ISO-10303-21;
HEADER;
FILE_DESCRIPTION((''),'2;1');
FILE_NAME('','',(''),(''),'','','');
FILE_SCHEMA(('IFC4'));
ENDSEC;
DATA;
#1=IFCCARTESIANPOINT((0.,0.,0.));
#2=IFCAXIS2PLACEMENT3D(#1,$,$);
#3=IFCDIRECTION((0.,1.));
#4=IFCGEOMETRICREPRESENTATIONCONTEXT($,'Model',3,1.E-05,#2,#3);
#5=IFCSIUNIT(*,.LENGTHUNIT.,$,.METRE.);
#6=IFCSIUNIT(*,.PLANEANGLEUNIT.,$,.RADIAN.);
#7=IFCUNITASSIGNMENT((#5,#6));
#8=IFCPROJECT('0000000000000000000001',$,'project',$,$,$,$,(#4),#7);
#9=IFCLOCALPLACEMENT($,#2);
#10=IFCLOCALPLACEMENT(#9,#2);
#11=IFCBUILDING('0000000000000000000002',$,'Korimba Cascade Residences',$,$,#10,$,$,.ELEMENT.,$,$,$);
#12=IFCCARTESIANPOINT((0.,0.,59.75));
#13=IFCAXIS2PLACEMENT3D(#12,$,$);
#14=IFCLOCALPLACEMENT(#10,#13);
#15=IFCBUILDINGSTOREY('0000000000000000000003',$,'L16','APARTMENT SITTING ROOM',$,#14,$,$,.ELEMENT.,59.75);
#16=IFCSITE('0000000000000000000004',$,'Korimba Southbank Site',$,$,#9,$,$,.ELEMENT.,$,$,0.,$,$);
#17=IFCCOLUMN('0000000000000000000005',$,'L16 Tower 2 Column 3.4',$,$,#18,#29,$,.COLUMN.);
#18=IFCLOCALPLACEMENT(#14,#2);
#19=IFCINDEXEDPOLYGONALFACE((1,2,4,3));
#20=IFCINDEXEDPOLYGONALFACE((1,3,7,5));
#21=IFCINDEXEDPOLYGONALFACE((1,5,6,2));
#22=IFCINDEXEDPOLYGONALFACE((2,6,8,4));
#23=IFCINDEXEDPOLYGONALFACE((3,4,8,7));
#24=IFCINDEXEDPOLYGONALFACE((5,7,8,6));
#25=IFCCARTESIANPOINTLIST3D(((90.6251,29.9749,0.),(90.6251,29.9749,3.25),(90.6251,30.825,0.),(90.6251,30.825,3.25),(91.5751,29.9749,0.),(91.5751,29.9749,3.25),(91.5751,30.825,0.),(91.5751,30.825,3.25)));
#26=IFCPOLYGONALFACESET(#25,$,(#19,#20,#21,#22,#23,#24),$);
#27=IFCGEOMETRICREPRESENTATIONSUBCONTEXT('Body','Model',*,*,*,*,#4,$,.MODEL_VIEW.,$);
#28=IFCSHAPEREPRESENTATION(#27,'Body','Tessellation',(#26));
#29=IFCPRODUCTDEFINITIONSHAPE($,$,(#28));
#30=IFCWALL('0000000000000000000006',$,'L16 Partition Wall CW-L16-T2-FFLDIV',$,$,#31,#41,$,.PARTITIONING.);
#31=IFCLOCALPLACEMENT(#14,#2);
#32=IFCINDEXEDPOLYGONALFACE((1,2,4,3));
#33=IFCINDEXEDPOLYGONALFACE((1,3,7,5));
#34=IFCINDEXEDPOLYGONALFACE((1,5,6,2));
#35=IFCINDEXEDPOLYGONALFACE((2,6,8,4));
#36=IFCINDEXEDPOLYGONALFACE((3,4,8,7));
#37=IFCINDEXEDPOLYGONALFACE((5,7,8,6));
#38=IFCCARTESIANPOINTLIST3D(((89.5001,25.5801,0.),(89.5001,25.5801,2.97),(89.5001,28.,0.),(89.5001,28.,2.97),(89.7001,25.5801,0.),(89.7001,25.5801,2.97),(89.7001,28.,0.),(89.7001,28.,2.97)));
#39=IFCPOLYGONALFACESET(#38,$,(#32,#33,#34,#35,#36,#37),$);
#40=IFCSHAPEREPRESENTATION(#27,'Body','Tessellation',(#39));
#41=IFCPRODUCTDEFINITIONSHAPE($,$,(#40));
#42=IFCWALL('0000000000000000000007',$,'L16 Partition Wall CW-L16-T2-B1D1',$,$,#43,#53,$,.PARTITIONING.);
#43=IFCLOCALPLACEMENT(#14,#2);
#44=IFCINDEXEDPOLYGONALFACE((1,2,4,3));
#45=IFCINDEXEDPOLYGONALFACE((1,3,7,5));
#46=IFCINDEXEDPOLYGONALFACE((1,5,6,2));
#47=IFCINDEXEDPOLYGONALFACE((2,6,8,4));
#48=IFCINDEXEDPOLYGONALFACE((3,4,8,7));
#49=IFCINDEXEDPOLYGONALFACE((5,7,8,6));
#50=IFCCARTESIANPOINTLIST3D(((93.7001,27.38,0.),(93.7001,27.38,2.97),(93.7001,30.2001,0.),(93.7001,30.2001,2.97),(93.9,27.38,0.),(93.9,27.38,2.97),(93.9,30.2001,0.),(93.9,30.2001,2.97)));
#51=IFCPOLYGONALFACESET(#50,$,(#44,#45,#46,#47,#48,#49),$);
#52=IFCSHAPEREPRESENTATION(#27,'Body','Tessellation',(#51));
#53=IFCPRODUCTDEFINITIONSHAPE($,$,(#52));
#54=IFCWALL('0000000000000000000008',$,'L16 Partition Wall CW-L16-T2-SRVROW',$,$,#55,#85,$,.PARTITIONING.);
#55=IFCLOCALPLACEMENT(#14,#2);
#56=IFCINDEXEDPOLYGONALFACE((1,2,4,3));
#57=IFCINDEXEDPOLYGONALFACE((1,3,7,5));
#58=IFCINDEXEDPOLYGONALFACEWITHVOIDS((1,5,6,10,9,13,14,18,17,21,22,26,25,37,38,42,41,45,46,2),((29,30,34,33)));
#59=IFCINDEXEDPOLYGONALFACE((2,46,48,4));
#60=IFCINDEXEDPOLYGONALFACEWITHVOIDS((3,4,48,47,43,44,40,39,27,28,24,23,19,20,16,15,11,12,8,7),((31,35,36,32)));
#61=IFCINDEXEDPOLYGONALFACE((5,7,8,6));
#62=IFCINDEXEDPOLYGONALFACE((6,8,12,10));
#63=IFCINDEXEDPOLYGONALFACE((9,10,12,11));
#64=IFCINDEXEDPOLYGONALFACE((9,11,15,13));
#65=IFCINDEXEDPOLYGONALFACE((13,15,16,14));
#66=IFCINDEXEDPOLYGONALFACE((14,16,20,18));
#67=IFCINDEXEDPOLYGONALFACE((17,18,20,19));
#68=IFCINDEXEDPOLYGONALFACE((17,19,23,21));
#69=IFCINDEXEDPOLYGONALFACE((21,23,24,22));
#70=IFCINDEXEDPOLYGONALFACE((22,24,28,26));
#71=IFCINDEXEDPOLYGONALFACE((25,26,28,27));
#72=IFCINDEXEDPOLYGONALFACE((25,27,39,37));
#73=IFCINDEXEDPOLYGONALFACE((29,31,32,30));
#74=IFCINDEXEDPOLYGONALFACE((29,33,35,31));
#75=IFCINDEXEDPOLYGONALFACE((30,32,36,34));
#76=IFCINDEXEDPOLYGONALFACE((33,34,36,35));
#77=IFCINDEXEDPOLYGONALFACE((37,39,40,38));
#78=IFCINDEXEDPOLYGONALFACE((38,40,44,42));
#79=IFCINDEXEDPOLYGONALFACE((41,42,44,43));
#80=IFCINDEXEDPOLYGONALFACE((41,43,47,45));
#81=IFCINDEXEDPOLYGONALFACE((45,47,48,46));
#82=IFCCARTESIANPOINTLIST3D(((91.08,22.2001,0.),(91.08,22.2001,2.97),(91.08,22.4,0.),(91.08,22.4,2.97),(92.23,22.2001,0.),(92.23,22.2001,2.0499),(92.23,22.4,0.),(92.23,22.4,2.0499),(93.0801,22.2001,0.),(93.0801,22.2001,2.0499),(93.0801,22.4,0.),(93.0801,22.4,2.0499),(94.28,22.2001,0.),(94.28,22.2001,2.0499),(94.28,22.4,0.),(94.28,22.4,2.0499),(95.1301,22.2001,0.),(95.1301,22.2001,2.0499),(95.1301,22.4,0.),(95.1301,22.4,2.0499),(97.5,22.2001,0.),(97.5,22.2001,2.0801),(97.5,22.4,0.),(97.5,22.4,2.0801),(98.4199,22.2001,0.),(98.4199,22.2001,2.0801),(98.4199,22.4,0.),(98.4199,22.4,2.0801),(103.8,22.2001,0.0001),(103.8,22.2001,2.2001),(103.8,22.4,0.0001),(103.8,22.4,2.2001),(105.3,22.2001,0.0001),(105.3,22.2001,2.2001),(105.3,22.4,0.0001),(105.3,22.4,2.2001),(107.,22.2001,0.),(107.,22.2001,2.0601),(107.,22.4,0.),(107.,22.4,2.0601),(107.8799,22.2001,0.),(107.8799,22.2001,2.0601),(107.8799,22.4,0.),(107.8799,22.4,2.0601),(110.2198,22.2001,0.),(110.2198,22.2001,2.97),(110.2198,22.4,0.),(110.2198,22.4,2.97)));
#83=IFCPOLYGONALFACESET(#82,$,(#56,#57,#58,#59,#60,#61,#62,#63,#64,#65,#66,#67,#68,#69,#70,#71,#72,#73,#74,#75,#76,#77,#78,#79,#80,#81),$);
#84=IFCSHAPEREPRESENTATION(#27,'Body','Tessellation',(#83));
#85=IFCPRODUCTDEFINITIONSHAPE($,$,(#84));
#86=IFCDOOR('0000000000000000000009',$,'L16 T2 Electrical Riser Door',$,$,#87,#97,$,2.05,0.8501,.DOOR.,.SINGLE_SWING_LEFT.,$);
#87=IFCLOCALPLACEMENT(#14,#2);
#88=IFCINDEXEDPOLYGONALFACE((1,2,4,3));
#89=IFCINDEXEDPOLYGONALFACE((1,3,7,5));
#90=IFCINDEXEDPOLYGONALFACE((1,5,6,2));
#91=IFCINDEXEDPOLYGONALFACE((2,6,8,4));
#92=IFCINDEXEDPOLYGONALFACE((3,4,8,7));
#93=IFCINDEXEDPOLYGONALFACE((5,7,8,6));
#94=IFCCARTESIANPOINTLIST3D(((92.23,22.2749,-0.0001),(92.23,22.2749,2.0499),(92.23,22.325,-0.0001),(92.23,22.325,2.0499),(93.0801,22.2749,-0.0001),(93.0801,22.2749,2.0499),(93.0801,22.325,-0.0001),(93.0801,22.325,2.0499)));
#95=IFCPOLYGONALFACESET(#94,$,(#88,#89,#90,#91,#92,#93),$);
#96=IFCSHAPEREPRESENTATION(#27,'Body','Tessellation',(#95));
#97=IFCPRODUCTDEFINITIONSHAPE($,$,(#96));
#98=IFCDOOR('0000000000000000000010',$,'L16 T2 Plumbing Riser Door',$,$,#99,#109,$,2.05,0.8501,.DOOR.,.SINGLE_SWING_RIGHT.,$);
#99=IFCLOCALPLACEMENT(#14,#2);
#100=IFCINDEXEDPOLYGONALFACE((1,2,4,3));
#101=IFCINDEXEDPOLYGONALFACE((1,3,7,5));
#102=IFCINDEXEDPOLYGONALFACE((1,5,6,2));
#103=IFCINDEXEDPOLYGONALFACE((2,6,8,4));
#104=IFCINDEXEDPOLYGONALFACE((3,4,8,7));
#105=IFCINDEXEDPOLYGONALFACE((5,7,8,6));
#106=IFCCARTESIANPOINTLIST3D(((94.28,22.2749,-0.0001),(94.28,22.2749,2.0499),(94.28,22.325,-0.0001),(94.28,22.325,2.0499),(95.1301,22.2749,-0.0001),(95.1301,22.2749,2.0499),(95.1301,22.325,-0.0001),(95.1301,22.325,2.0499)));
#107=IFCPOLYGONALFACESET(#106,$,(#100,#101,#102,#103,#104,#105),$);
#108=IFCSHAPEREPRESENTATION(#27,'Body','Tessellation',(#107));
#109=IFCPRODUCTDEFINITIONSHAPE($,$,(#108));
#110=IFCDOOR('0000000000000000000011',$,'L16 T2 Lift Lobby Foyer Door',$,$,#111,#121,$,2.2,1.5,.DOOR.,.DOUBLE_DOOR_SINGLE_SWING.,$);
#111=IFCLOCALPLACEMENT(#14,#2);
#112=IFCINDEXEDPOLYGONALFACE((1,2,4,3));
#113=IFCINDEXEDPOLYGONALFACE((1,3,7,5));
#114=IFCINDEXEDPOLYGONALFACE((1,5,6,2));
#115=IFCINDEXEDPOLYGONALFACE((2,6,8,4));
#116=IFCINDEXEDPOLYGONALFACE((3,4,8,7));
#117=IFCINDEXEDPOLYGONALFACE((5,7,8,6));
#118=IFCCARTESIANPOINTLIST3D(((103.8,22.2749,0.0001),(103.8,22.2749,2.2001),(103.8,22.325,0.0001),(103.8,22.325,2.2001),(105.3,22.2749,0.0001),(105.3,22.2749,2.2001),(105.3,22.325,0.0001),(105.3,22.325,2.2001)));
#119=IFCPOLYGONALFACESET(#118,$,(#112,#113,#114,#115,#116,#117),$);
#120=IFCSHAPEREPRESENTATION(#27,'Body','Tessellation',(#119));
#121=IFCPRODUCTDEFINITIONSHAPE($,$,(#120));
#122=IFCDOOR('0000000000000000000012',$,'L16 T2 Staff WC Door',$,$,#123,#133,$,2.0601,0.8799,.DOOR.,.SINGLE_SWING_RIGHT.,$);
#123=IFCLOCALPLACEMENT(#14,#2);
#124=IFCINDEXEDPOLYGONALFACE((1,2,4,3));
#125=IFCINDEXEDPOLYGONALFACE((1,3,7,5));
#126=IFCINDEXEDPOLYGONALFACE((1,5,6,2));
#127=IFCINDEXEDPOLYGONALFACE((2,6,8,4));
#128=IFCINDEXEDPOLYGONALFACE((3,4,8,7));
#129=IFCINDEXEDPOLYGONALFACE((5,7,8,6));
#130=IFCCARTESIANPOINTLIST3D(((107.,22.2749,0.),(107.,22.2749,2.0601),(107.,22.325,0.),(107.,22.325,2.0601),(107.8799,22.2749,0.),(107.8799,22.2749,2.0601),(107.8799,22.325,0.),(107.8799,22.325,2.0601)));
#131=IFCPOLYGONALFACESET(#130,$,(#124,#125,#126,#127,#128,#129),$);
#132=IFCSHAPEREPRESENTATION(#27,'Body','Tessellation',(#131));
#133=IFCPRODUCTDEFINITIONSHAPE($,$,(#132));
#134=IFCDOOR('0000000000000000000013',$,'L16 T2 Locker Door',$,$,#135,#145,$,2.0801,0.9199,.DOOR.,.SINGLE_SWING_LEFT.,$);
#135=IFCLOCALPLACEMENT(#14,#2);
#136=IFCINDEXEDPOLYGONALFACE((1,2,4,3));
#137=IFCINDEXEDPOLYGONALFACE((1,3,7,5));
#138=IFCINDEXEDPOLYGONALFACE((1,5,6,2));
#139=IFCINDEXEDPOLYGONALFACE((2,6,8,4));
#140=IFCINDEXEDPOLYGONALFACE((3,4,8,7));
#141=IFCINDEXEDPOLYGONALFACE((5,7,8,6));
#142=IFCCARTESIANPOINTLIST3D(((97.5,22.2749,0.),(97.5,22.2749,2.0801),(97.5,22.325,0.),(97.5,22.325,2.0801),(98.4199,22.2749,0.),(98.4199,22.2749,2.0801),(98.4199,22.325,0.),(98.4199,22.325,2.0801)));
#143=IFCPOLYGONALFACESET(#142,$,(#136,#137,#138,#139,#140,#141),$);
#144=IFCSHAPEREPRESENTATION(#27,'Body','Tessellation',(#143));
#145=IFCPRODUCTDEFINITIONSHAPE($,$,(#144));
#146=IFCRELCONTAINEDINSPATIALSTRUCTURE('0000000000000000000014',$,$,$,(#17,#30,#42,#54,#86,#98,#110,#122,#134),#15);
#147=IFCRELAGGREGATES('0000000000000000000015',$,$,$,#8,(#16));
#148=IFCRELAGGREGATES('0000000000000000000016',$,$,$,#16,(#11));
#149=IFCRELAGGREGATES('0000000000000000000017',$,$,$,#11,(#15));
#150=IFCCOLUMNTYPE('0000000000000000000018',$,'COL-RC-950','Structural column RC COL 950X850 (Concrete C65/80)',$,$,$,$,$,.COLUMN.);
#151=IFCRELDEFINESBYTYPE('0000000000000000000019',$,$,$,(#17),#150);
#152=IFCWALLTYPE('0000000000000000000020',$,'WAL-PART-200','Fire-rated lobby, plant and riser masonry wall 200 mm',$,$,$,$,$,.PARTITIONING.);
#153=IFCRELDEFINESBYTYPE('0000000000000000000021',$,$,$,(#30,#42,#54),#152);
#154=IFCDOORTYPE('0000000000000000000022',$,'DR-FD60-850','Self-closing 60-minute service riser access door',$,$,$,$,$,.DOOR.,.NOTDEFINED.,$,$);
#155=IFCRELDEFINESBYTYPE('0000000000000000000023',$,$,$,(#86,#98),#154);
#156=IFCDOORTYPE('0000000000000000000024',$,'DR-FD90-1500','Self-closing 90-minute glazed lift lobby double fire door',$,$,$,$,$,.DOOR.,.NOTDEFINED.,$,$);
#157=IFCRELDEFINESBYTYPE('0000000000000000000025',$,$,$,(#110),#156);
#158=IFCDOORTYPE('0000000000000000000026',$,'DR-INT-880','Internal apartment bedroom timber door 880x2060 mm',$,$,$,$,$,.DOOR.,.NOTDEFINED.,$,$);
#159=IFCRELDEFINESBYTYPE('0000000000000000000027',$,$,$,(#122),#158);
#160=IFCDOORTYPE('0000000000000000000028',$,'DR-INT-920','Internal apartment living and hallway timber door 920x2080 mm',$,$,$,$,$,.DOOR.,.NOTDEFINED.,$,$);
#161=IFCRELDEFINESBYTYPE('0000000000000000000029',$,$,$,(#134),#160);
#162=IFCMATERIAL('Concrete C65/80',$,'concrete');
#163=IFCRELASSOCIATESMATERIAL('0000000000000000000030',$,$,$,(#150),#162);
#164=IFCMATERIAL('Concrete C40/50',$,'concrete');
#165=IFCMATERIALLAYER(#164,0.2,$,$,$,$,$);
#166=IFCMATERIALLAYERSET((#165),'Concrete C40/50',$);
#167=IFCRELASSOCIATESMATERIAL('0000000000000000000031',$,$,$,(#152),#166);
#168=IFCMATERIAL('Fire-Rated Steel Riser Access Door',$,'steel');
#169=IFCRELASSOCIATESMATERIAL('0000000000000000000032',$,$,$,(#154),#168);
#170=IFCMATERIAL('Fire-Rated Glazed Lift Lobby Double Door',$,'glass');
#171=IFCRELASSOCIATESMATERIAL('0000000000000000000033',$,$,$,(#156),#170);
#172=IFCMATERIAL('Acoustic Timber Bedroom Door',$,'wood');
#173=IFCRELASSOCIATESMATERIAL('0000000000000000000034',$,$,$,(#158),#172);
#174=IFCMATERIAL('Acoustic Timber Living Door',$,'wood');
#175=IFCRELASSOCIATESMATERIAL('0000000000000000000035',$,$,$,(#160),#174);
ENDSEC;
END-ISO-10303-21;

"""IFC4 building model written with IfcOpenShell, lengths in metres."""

from ifc_helpers import new_model, si_unit, direction, frame, frame_2d, origin, origin_2d, place, context, subcontext, project, spatial, rectangle, extrude, material, layer, layer_set, material_profile, profile_set, type_object, element, fill, save


model = new_model("IFC4")

# Units and contexts
model_context = context("Model", 3, precision=1e-05, world=origin(), true_north=direction((0.0, 1.0)))
body_context = subcontext(model_context, "Body", "Model", "MODEL_VIEW")
ifc_project = project(units=[si_unit("LENGTHUNIT", "METRE"), si_unit("PLANEANGLEUNIT", "RADIAN")], contexts=[model_context])

# Site, building, storey
site_placement = place(None, origin())
site = spatial("IfcSite", under=ifc_project, at=site_placement, Name="Korimba Southbank Site", CompositionType="ELEMENT", RefElevation=0.0)
building_placement = place(site_placement, origin())
building = spatial("IfcBuilding", under=site, at=building_placement, Name="Korimba Cascade Residences", CompositionType="ELEMENT")
storey_placement = place(building_placement, frame((0.0, 0.0, 59.75)))
storey = spatial("IfcBuildingStorey", under=building, at=storey_placement, Name="L16", Description="APARTMENT SITTING ROOM", CompositionType="ELEMENT", Elevation=59.75)

# Column
ifc_material_1 = material(Name="Concrete C65/80", Category="concrete")
ifc_material_profile = material_profile(ifc_material_1, rectangle(XDim=0.95, YDim=0.8501, at=origin_2d()), Name="Concrete C65/80")
ifc_profile_set = profile_set([ifc_material_profile], Name="Concrete C65/80")
column_type = type_object("IfcColumnType", Name="COL-RC-950", Description="Structural column RC COL 950X850 (Concrete C65/80)", PredefinedType="COLUMN", material=ifc_profile_set)
column_placement = place(storey_placement, frame((91.1001, 30.3999, 0.0), z_axis=(0.0, 0.0, 1.0), x_axis=(1.0, 0.0, 0.0)))
element("IfcColumn", 1, at=column_placement, inside=storey, type_object=column_type, Name="L16 Tower 2 Column 3.4", PredefinedType="COLUMN", context=body_context, shape_type="SweptSolid", body=[
    extrude(rectangle(XDim=0.95, YDim=0.8501, at=origin_2d()), origin(), (0.0, 0.0, 1.0), 3.25),
])

# Walls
ifc_material_2 = material(Name="Concrete C40/50", Category="concrete")
ifc_layer_1 = layer(ifc_material_2, 0.2)
ifc_layer_set_1 = layer_set([ifc_layer_1], Name="Concrete C40/50")
wall_type_1 = type_object("IfcWallType", Name="WAL-PART-200", Description="Fire-rated lobby, plant and riser masonry wall 200 mm", PredefinedType="PARTITIONING", material=ifc_layer_set_1)
wall_1_placement = place(storey_placement, frame((89.6001, 25.5801, 0.0), z_axis=(0.0, 0.0, 1.0), x_axis=(0.0, 1.0, 0.0)))
element("IfcWall", 2, at=wall_1_placement, inside=storey, type_object=wall_type_1, Name="L16 Partition Wall CW-L16-T2-FFLDIV", PredefinedType="PARTITIONING", context=body_context, shape_type="SweptSolid", body=[
    extrude(rectangle(XDim=2.4199, YDim=0.2, at=frame_2d((1.21, 0.0))), origin(), (0.0, 0.0, 1.0), 2.97),
])
wall_2_placement = place(storey_placement, frame((93.8, 27.3799, 0.0), z_axis=(0.0, 0.0, 1.0), x_axis=(0.0, 1.0, 0.0)))
element("IfcWall", 3, at=wall_2_placement, inside=storey, type_object=wall_type_1, Name="L16 Partition Wall CW-L16-T2-B1D1", PredefinedType="PARTITIONING", context=body_context, shape_type="SweptSolid", body=[
    extrude(rectangle(XDim=2.8201, YDim=0.2, at=frame_2d((1.4102, 0.0))), origin(), (0.0, 0.0, 1.0), 2.97),
])

# Wall, openings, doors
wall_3_placement = place(storey_placement, frame((91.0801, 22.3, 0.0), z_axis=(0.0, 0.0, 1.0), x_axis=(1.0, 0.0, 0.0)))
wall_3 = element("IfcWall", 4, at=wall_3_placement, inside=storey, type_object=wall_type_1, Name="L16 Partition Wall CW-L16-T2-SRVROW", PredefinedType="PARTITIONING", context=body_context, shape_type="SweptSolid", body=[
    extrude(rectangle(XDim=19.1399, YDim=0.2, at=frame_2d((9.5698, 0.0))), origin(), (0.0, 0.0, 1.0), 2.97),
])
opening_1_placement = place(wall_3_placement, frame((1.1499, 0.0, 0.0)))
opening_1 = element("IfcOpeningElement", 5, at=opening_1_placement, cuts=wall_3, PredefinedType="OPENING", context=body_context, shape_type="SweptSolid", body=[
    extrude(rectangle(XDim=0.8501, YDim=2.05, at=frame_2d((0.425, 1.0249))), frame((0.0, 0.1099, 0.0), z_axis=(0.0, -1.0, 0.0), x_axis=(1.0, 0.0, 0.0)), (0.0, 0.0, 1.0), 0.22),
])
opening_2_placement = place(wall_3_placement, frame((3.2, 0.0, 0.0)))
opening_2 = element("IfcOpeningElement", 6, at=opening_2_placement, cuts=wall_3, PredefinedType="OPENING", context=body_context, shape_type="SweptSolid", body=[
    extrude(rectangle(XDim=0.8501, YDim=2.05, at=frame_2d((0.425, 1.0249))), frame((0.0, 0.1099, 0.0), z_axis=(0.0, -1.0, 0.0), x_axis=(1.0, 0.0, 0.0)), (0.0, 0.0, 1.0), 0.22),
])
opening_3_placement = place(wall_3_placement, frame((12.72, 0.0, 0.0)))
opening_3 = element("IfcOpeningElement", 7, at=opening_3_placement, cuts=wall_3, PredefinedType="OPENING", context=body_context, shape_type="SweptSolid", body=[
    extrude(rectangle(XDim=1.5, YDim=2.2, at=frame_2d((0.75, 1.1001))), frame((0.0, 0.1099, 0.0), z_axis=(0.0, -1.0, 0.0), x_axis=(1.0, 0.0, 0.0)), (0.0, 0.0, 1.0), 0.22),
])
opening_4_placement = place(wall_3_placement, frame((6.4199, 0.0, 0.0)))
opening_4 = element("IfcOpeningElement", 8, at=opening_4_placement, cuts=wall_3, PredefinedType="OPENING", context=body_context, shape_type="SweptSolid", body=[
    extrude(rectangle(XDim=0.9199, YDim=2.0801, at=frame_2d((0.46, 1.04))), frame((0.0, 0.1099, 0.0), z_axis=(0.0, -1.0, 0.0), x_axis=(1.0, 0.0, 0.0)), (0.0, 0.0, 1.0), 0.22),
])
opening_5_placement = place(wall_3_placement, frame((15.9199, 0.0, 0.0)))
opening_5 = element("IfcOpeningElement", 9, at=opening_5_placement, cuts=wall_3, PredefinedType="OPENING", context=body_context, shape_type="SweptSolid", body=[
    extrude(rectangle(XDim=0.8799, YDim=2.0601, at=frame_2d((0.4399, 1.03))), frame((0.0, 0.1099, 0.0), z_axis=(0.0, -1.0, 0.0), x_axis=(1.0, 0.0, 0.0)), (0.0, 0.0, 1.0), 0.22),
])
ifc_material_3 = material(Name="Fire-Rated Steel Riser Access Door", Category="steel")
door_type_1 = type_object("IfcDoorType", Name="DR-FD60-850", Description="Self-closing 60-minute service riser access door", OperationType="NOTDEFINED", PredefinedType="DOOR", material=ifc_material_3)
door_1_placement = place(opening_1_placement, origin())
door_1 = element("IfcDoor", 10, at=door_1_placement, inside=storey, type_object=door_type_1, Name="L16 T2 Electrical Riser Door", OperationType="SINGLE_SWING_LEFT", OverallHeight=2.05, OverallWidth=0.8501, PredefinedType="DOOR", context=body_context, shape_type="SweptSolid", body=[
    extrude(rectangle(XDim=0.8501, YDim=2.05, at=frame_2d((0.425, 1.0249))), frame((0.0, 0.0249, 0.0), z_axis=(0.0, -1.0, 0.0), x_axis=(1.0, 0.0, 0.0)), (0.0, 0.0, 1.0), 0.05),
])
fill(opening_1, door_1)
door_2_placement = place(opening_2_placement, origin())
door_2 = element("IfcDoor", 11, at=door_2_placement, inside=storey, type_object=door_type_1, Name="L16 T2 Plumbing Riser Door", OperationType="SINGLE_SWING_RIGHT", OverallHeight=2.05, OverallWidth=0.8501, PredefinedType="DOOR", context=body_context, shape_type="SweptSolid", body=[
    extrude(rectangle(XDim=0.8501, YDim=2.05, at=frame_2d((0.425, 1.0249))), frame((0.0, 0.0249, 0.0), z_axis=(0.0, -1.0, 0.0), x_axis=(1.0, 0.0, 0.0)), (0.0, 0.0, 1.0), 0.05),
])
fill(opening_2, door_2)
ifc_material_4 = material(Name="Fire-Rated Glazed Lift Lobby Double Door", Category="glass")
door_type_2 = type_object("IfcDoorType", Name="DR-FD90-1500", Description="Self-closing 90-minute glazed lift lobby double fire door", OperationType="NOTDEFINED", PredefinedType="DOOR", material=ifc_material_4)
door_3_placement = place(opening_3_placement, origin())
door_3 = element("IfcDoor", 12, at=door_3_placement, inside=storey, type_object=door_type_2, Name="L16 T2 Lift Lobby Foyer Door", OperationType="DOUBLE_DOOR_SINGLE_SWING", OverallHeight=2.2, OverallWidth=1.5, PredefinedType="DOOR", context=body_context, shape_type="SweptSolid", body=[
    extrude(rectangle(XDim=1.5, YDim=2.2, at=frame_2d((0.75, 1.1001))), frame((0.0, 0.0249, 0.0), z_axis=(0.0, -1.0, 0.0), x_axis=(1.0, 0.0, 0.0)), (0.0, 0.0, 1.0), 0.05),
])
fill(opening_3, door_3)
ifc_material_5 = material(Name="Acoustic Timber Bedroom Door", Category="wood")
door_type_3 = type_object("IfcDoorType", Name="DR-INT-880", Description="Internal apartment bedroom timber door 880x2060 mm", OperationType="NOTDEFINED", PredefinedType="DOOR", material=ifc_material_5)
door_4_placement = place(opening_5_placement, origin())
door_4 = element("IfcDoor", 13, at=door_4_placement, inside=storey, type_object=door_type_3, Name="L16 T2 Staff WC Door", OperationType="SINGLE_SWING_RIGHT", OverallHeight=2.0601, OverallWidth=0.8799, PredefinedType="DOOR", context=body_context, shape_type="SweptSolid", body=[
    extrude(rectangle(XDim=0.8799, YDim=2.0601, at=frame_2d((0.4399, 1.03))), frame((0.0, 0.0249, 0.0), z_axis=(0.0, -1.0, 0.0), x_axis=(1.0, 0.0, 0.0)), (0.0, 0.0, 1.0), 0.05),
])
fill(opening_5, door_4)
ifc_material_6 = material(Name="Acoustic Timber Living Door", Category="wood")
door_type_4 = type_object("IfcDoorType", Name="DR-INT-920", Description="Internal apartment living and hallway timber door 920x2080 mm", OperationType="NOTDEFINED", PredefinedType="DOOR", material=ifc_material_6)
door_5_placement = place(opening_4_placement, origin())
door_5 = element("IfcDoor", 14, at=door_5_placement, inside=storey, type_object=door_type_4, Name="L16 T2 Locker Door", OperationType="SINGLE_SWING_LEFT", OverallHeight=2.0801, OverallWidth=0.9199, PredefinedType="DOOR", context=body_context, shape_type="SweptSolid", body=[
    extrude(rectangle(XDim=0.9199, YDim=2.0801, at=frame_2d((0.46, 1.04))), frame((0.0, 0.0249, 0.0), z_axis=(0.0, -1.0, 0.0), x_axis=(1.0, 0.0, 0.0)), (0.0, 0.0, 1.0), 0.05),
])
fill(opening_4, door_5)

save(model, "model.ifc")
